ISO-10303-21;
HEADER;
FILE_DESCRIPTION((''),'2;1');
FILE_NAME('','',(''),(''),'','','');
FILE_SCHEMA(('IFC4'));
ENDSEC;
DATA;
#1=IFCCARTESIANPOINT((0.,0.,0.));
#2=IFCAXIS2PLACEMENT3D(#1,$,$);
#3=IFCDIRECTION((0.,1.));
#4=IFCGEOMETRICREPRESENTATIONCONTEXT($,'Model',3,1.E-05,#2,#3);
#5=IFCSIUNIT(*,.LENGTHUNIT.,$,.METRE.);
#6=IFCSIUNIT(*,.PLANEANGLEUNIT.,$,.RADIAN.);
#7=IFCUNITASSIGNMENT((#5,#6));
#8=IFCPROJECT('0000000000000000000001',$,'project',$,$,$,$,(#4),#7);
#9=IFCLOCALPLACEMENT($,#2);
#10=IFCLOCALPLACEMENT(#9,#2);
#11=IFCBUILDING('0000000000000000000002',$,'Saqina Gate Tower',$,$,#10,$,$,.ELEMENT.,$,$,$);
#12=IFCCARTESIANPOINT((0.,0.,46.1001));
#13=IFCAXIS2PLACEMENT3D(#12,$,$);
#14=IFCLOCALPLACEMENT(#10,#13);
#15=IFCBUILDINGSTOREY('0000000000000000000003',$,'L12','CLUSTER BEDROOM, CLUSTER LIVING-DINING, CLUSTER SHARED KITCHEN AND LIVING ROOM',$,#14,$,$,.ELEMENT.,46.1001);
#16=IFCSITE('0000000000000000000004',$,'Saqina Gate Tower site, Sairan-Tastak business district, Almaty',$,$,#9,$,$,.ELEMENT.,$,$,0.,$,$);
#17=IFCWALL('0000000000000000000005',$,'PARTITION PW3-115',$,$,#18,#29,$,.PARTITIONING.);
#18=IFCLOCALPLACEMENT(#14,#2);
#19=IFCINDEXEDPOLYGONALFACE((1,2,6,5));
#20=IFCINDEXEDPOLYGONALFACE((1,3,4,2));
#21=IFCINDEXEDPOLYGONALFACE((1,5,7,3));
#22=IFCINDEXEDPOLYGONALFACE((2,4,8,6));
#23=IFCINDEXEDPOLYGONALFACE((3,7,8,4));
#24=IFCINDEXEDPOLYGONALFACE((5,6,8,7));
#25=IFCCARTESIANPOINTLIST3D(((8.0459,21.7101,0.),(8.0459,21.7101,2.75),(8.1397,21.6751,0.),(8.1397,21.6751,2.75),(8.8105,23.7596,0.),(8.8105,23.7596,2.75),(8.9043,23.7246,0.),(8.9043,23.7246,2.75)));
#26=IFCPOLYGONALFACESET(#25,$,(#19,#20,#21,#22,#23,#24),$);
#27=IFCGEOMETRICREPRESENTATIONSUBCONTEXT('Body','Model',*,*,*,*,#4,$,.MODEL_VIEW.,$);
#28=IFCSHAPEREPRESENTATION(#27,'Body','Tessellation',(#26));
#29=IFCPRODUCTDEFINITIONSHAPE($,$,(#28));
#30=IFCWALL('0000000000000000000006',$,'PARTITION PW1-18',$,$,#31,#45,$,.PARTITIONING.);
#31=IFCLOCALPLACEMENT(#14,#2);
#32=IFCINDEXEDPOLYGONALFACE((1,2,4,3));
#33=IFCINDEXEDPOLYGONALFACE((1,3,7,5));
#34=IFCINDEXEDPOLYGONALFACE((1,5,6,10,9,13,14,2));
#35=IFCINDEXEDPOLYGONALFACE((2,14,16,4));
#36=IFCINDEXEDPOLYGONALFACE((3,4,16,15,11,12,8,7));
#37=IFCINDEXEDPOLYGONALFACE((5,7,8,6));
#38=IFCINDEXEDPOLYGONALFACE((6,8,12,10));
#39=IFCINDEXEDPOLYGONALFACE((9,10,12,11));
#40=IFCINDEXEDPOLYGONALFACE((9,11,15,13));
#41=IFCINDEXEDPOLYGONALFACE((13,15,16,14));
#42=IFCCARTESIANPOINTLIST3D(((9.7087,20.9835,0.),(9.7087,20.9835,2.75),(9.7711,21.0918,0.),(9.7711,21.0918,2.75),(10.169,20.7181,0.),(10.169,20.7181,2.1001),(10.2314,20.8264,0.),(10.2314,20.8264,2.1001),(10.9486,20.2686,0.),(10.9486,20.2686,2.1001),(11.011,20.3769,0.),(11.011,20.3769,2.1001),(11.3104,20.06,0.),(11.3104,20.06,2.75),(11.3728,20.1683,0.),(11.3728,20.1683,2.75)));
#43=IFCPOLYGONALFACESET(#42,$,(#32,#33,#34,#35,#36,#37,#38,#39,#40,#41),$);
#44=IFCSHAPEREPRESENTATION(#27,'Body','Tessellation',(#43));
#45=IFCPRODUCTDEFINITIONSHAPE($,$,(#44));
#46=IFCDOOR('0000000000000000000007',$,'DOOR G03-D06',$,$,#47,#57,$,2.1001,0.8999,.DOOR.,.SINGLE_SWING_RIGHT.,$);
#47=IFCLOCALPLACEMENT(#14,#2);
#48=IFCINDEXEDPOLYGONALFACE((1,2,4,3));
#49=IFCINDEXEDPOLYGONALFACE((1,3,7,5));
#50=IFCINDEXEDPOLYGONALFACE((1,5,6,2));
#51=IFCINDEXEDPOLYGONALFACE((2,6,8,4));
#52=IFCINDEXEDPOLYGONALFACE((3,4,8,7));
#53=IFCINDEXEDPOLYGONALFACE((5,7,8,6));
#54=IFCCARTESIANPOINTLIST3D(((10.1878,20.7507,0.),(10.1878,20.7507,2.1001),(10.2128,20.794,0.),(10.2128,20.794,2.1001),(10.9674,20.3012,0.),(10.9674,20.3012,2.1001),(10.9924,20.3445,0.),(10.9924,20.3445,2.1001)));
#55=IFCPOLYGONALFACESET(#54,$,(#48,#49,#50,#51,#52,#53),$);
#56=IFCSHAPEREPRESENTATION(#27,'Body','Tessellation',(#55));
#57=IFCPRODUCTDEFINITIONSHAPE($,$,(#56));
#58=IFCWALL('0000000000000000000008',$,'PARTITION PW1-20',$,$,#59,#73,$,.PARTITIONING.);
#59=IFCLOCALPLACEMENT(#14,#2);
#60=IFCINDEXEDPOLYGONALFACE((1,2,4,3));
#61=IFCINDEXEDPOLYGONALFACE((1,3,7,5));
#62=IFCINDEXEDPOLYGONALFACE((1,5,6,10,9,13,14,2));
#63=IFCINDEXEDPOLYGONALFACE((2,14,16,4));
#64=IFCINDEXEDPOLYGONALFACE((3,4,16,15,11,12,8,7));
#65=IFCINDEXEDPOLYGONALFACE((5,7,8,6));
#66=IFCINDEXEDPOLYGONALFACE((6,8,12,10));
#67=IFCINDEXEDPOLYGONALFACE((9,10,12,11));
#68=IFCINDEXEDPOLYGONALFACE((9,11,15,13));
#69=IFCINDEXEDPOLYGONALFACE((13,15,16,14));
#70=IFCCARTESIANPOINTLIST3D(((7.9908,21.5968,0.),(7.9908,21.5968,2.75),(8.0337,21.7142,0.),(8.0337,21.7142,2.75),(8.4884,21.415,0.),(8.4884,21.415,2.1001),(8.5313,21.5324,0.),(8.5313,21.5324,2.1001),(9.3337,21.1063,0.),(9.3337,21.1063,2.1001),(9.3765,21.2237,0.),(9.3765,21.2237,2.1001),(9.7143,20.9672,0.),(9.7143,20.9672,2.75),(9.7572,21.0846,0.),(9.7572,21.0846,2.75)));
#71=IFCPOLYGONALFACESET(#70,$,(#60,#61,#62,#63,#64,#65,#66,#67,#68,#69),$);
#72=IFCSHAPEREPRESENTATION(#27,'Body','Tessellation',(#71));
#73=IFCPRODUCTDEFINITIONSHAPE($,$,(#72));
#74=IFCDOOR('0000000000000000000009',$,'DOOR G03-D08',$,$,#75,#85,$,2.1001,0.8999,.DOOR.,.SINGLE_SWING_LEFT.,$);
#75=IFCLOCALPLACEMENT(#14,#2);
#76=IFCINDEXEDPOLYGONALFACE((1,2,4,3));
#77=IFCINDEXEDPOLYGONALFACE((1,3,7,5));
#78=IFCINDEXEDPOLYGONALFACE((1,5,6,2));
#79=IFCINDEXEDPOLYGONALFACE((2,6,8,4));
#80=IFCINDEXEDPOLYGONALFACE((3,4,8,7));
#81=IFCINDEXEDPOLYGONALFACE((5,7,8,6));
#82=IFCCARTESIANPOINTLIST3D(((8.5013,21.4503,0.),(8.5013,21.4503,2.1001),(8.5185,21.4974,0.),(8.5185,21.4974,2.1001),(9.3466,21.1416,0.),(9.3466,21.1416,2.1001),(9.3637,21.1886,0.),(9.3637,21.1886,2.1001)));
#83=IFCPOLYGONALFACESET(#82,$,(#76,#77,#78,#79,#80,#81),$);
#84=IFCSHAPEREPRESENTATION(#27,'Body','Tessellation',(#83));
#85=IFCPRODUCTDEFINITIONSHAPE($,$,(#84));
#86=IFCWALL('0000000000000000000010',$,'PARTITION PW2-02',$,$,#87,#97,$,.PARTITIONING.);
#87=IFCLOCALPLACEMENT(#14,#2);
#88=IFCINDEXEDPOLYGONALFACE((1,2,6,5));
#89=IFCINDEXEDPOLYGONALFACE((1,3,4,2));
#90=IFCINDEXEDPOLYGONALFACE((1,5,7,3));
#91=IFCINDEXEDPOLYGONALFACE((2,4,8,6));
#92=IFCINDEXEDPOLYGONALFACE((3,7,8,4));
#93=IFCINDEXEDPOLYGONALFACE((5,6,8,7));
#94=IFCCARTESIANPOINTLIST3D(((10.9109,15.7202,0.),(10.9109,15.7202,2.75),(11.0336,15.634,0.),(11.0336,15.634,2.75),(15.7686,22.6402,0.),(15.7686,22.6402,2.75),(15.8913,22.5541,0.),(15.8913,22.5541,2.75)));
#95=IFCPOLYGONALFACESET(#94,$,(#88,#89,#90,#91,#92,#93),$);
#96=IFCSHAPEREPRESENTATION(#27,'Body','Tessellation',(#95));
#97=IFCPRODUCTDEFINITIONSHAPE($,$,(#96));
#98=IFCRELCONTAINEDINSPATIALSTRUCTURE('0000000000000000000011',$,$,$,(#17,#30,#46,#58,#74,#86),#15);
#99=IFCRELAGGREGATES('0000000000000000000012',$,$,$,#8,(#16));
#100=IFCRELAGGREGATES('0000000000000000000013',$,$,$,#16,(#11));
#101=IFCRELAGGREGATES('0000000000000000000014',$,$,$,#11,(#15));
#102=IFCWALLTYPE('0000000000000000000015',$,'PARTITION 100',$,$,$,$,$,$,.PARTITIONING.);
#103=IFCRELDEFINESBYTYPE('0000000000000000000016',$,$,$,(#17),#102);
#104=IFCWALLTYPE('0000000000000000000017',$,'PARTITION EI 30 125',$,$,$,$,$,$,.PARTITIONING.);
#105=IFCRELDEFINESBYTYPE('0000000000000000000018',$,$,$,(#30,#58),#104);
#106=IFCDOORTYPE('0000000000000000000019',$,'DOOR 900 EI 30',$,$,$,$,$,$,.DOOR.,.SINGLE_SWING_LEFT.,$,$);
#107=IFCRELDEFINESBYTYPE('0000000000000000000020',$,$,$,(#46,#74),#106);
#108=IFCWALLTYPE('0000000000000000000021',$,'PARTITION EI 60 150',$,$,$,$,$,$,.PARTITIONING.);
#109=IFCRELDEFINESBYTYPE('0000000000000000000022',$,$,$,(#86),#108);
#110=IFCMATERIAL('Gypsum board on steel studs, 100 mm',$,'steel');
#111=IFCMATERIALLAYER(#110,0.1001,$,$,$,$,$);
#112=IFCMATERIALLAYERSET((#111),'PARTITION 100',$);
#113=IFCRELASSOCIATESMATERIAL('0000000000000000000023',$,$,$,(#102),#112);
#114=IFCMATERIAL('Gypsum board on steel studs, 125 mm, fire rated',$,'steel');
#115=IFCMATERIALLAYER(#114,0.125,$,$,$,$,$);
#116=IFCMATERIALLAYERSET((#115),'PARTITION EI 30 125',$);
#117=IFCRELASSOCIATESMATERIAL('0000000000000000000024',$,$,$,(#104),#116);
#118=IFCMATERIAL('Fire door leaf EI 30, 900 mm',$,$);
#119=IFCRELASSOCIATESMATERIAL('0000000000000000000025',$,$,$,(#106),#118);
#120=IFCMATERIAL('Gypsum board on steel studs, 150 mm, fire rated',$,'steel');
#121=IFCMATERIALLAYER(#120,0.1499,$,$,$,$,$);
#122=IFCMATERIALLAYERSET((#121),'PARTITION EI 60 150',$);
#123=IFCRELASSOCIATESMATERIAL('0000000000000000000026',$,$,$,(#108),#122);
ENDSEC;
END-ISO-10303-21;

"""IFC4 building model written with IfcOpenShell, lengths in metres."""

from ifc_helpers import new_model, si_unit, direction, frame, frame_2d, origin, place, context, subcontext, project, spatial, rectangle, extrude, material, layer, layer_set, type_object, element, fill, save


model = new_model("IFC4")

# Units and contexts
model_context = context("Model", 3, precision=1e-05, world=origin(), true_north=direction((0.0, 1.0)))
body_context = subcontext(model_context, "Body", "Model", "MODEL_VIEW")
ifc_project = project(units=[si_unit("LENGTHUNIT", "METRE"), si_unit("PLANEANGLEUNIT", "RADIAN")], contexts=[model_context])

# Site, building, storey
site_placement = place(None, origin())
site = spatial("IfcSite", under=ifc_project, at=site_placement, Name="Saqina Gate Tower site, Sairan-Tastak business district, Almaty", CompositionType="ELEMENT", RefElevation=0.0)
building_placement = place(site_placement, origin())
building = spatial("IfcBuilding", under=site, at=building_placement, Name="Saqina Gate Tower", CompositionType="ELEMENT")
storey_placement = place(building_placement, frame((0.0, 0.0, 46.1001)))
storey = spatial("IfcBuildingStorey", under=building, at=storey_placement, Name="L12", Description="CLUSTER BEDROOM, CLUSTER LIVING-DINING, CLUSTER SHARED KITCHEN AND LIVING ROOM", CompositionType="ELEMENT", Elevation=46.1001)

# Shared definitions
ifc_material_1 = material(Name="Gypsum board on steel studs, 100 mm", Category="steel")
ifc_layer_1 = layer(ifc_material_1, 0.1001)
ifc_layer_set_1 = layer_set([ifc_layer_1], Name="PARTITION 100")
wall_type_1 = type_object("IfcWallType", Name="PARTITION 100", PredefinedType="PARTITIONING", material=ifc_layer_set_1)

# Wall
wall_1_placement = place(storey_placement, frame((8.0928, 21.6926, 0.0), z_axis=(0.0, 0.0, 1.0), x_axis=(0.349545, 0.93692, 0.0)))
element("IfcWall", 1, at=wall_1_placement, inside=storey, type_object=wall_type_1, Name="PARTITION PW3-115", PredefinedType="PARTITIONING", context=body_context, shape_type="SweptSolid", body=[
    extrude(rectangle(XDim=2.1875, YDim=0.1001, at=frame_2d((1.0938, 0.0))), origin(), (0.0, 0.0, 1.0), 2.75),
])

# Walls, openings, doors
ifc_material_2 = material(Name="Gypsum board on steel studs, 125 mm, fire rated", Category="steel")
ifc_layer_2 = layer(ifc_material_2, 0.125)
ifc_layer_set_2 = layer_set([ifc_layer_2], Name="PARTITION EI 30 125")
wall_type_2 = type_object("IfcWallType", Name="PARTITION EI 30 125", PredefinedType="PARTITIONING", material=ifc_layer_set_2)
wall_2_placement = place(storey_placement, frame((9.74, 21.0376, 0.0), z_axis=(0.0, 0.0, 1.0), x_axis=(0.866311, -0.499505, 0.0)))
wall_2 = element("IfcWall", 2, at=wall_2_placement, inside=storey, type_object=wall_type_2, Name="PARTITION PW1-18", PredefinedType="PARTITIONING", context=body_context, shape_type="SweptSolid", body=[
    extrude(rectangle(XDim=1.8489, YDim=0.125, at=frame_2d((0.9243, 0.0))), origin(), (0.0, 0.0, 1.0), 2.75),
])
opening_1_placement = place(wall_2_placement, frame((0.5312, 0.0, 0.0)))
opening_1 = element("IfcOpeningElement", 3, at=opening_1_placement, cuts=wall_2, PredefinedType="OPENING", context=body_context, shape_type="SweptSolid", body=[
    extrude(rectangle(XDim=0.8999, YDim=2.1001, at=frame_2d((0.45, 1.05))), frame((0.0, 0.0745, 0.0), z_axis=(0.0, -1.0, 0.0), x_axis=(1.0, 0.0, 0.0)), (0.0, 0.0, 1.0), 0.1489),
])
ifc_material_3 = material(Name="Fire door leaf EI 30, 900 mm")
door_type_1 = type_object("IfcDoorType", Name="DOOR 900 EI 30", OperationType="SINGLE_SWING_LEFT", PredefinedType="DOOR", material=ifc_material_3)
door_1_placement = place(opening_1_placement, frame((0.8999, 0.0, 0.0), z_axis=(0.0, 0.0, 1.0), x_axis=(-1.0, 0.0, 0.0)))
door_1 = element("IfcDoor", 4, at=door_1_placement, inside=storey, type_object=door_type_1, Name="DOOR G03-D06", OperationType="SINGLE_SWING_RIGHT", OverallHeight=2.1001, OverallWidth=0.8999, PredefinedType="DOOR", context=body_context, shape_type="SweptSolid", body=[
    extrude(rectangle(XDim=0.8999, YDim=2.1001, at=frame_2d((0.45, 1.05))), frame((0.0, 0.0249, 0.0), z_axis=(0.0, -1.0, 0.0), x_axis=(1.0, 0.0, 0.0)), (0.0, 0.0, 1.0), 0.05),
])
fill(opening_1, door_1)
wall_3_placement = place(storey_placement, frame((8.0122, 21.6555, 0.0), z_axis=(0.0, 0.0, 1.0), x_axis=(0.939291, -0.343121, 0.0)))
wall_3 = element("IfcWall", 5, at=wall_3_placement, inside=storey, type_object=wall_type_2, Name="PARTITION PW1-20", PredefinedType="PARTITIONING", context=body_context, shape_type="SweptSolid", body=[
    extrude(rectangle(XDim=1.835, YDim=0.125, at=frame_2d((0.9175, 0.0))), origin(), (0.0, 0.0, 1.0), 2.75),
])
opening_2_placement = place(wall_3_placement, frame((0.5298, 0.0, 0.0)))
opening_2 = element("IfcOpeningElement", 6, at=opening_2_placement, cuts=wall_3, PredefinedType="OPENING", context=body_context, shape_type="SweptSolid", body=[
    extrude(rectangle(XDim=0.8999, YDim=2.1001, at=frame_2d((0.45, 1.05))), frame((0.0, 0.0745, 0.0), z_axis=(0.0, -1.0, 0.0), x_axis=(1.0, 0.0, 0.0)), (0.0, 0.0, 1.0), 0.1489),
])
door_2_placement = place(opening_2_placement, frame((0.8999, 0.0, 0.0), z_axis=(0.0, 0.0, 1.0), x_axis=(-1.0, 0.0, 0.0)))
door_2 = element("IfcDoor", 7, at=door_2_placement, inside=storey, type_object=door_type_1, Name="DOOR G03-D08", OperationType="SINGLE_SWING_LEFT", OverallHeight=2.1001, OverallWidth=0.8999, PredefinedType="DOOR", context=body_context, shape_type="SweptSolid", body=[
    extrude(rectangle(XDim=0.8999, YDim=2.1001, at=frame_2d((0.45, 1.05))), frame((0.0, 0.0249, 0.0), z_axis=(0.0, -1.0, 0.0), x_axis=(1.0, 0.0, 0.0)), (0.0, 0.0, 1.0), 0.05),
])
fill(opening_2, door_2)

# Wall
ifc_material_4 = material(Name="Gypsum board on steel studs, 150 mm, fire rated", Category="steel")
ifc_layer_3 = layer(ifc_material_4, 0.1499)
ifc_layer_set_3 = layer_set([ifc_layer_3], Name="PARTITION EI 60 150")
wall_type_3 = type_object("IfcWallType", Name="PARTITION EI 60 150", PredefinedType="PARTITIONING", material=ifc_layer_set_3)
wall_4_placement = place(storey_placement, frame((10.9722, 15.677, 0.0), z_axis=(0.0, 0.0, 1.0), x_axis=(0.574551, 0.818469, 0.0)))
element("IfcWall", 8, at=wall_4_placement, inside=storey, type_object=wall_type_3, Name="PARTITION PW2-02", PredefinedType="PARTITIONING", context=body_context, shape_type="SweptSolid", body=[
    extrude(rectangle(XDim=8.4548, YDim=0.1499, at=frame_2d((4.2275, 0.0))), origin(), (0.0, 0.0, 1.0), 2.75),
])

save(model, "model.ifc")
